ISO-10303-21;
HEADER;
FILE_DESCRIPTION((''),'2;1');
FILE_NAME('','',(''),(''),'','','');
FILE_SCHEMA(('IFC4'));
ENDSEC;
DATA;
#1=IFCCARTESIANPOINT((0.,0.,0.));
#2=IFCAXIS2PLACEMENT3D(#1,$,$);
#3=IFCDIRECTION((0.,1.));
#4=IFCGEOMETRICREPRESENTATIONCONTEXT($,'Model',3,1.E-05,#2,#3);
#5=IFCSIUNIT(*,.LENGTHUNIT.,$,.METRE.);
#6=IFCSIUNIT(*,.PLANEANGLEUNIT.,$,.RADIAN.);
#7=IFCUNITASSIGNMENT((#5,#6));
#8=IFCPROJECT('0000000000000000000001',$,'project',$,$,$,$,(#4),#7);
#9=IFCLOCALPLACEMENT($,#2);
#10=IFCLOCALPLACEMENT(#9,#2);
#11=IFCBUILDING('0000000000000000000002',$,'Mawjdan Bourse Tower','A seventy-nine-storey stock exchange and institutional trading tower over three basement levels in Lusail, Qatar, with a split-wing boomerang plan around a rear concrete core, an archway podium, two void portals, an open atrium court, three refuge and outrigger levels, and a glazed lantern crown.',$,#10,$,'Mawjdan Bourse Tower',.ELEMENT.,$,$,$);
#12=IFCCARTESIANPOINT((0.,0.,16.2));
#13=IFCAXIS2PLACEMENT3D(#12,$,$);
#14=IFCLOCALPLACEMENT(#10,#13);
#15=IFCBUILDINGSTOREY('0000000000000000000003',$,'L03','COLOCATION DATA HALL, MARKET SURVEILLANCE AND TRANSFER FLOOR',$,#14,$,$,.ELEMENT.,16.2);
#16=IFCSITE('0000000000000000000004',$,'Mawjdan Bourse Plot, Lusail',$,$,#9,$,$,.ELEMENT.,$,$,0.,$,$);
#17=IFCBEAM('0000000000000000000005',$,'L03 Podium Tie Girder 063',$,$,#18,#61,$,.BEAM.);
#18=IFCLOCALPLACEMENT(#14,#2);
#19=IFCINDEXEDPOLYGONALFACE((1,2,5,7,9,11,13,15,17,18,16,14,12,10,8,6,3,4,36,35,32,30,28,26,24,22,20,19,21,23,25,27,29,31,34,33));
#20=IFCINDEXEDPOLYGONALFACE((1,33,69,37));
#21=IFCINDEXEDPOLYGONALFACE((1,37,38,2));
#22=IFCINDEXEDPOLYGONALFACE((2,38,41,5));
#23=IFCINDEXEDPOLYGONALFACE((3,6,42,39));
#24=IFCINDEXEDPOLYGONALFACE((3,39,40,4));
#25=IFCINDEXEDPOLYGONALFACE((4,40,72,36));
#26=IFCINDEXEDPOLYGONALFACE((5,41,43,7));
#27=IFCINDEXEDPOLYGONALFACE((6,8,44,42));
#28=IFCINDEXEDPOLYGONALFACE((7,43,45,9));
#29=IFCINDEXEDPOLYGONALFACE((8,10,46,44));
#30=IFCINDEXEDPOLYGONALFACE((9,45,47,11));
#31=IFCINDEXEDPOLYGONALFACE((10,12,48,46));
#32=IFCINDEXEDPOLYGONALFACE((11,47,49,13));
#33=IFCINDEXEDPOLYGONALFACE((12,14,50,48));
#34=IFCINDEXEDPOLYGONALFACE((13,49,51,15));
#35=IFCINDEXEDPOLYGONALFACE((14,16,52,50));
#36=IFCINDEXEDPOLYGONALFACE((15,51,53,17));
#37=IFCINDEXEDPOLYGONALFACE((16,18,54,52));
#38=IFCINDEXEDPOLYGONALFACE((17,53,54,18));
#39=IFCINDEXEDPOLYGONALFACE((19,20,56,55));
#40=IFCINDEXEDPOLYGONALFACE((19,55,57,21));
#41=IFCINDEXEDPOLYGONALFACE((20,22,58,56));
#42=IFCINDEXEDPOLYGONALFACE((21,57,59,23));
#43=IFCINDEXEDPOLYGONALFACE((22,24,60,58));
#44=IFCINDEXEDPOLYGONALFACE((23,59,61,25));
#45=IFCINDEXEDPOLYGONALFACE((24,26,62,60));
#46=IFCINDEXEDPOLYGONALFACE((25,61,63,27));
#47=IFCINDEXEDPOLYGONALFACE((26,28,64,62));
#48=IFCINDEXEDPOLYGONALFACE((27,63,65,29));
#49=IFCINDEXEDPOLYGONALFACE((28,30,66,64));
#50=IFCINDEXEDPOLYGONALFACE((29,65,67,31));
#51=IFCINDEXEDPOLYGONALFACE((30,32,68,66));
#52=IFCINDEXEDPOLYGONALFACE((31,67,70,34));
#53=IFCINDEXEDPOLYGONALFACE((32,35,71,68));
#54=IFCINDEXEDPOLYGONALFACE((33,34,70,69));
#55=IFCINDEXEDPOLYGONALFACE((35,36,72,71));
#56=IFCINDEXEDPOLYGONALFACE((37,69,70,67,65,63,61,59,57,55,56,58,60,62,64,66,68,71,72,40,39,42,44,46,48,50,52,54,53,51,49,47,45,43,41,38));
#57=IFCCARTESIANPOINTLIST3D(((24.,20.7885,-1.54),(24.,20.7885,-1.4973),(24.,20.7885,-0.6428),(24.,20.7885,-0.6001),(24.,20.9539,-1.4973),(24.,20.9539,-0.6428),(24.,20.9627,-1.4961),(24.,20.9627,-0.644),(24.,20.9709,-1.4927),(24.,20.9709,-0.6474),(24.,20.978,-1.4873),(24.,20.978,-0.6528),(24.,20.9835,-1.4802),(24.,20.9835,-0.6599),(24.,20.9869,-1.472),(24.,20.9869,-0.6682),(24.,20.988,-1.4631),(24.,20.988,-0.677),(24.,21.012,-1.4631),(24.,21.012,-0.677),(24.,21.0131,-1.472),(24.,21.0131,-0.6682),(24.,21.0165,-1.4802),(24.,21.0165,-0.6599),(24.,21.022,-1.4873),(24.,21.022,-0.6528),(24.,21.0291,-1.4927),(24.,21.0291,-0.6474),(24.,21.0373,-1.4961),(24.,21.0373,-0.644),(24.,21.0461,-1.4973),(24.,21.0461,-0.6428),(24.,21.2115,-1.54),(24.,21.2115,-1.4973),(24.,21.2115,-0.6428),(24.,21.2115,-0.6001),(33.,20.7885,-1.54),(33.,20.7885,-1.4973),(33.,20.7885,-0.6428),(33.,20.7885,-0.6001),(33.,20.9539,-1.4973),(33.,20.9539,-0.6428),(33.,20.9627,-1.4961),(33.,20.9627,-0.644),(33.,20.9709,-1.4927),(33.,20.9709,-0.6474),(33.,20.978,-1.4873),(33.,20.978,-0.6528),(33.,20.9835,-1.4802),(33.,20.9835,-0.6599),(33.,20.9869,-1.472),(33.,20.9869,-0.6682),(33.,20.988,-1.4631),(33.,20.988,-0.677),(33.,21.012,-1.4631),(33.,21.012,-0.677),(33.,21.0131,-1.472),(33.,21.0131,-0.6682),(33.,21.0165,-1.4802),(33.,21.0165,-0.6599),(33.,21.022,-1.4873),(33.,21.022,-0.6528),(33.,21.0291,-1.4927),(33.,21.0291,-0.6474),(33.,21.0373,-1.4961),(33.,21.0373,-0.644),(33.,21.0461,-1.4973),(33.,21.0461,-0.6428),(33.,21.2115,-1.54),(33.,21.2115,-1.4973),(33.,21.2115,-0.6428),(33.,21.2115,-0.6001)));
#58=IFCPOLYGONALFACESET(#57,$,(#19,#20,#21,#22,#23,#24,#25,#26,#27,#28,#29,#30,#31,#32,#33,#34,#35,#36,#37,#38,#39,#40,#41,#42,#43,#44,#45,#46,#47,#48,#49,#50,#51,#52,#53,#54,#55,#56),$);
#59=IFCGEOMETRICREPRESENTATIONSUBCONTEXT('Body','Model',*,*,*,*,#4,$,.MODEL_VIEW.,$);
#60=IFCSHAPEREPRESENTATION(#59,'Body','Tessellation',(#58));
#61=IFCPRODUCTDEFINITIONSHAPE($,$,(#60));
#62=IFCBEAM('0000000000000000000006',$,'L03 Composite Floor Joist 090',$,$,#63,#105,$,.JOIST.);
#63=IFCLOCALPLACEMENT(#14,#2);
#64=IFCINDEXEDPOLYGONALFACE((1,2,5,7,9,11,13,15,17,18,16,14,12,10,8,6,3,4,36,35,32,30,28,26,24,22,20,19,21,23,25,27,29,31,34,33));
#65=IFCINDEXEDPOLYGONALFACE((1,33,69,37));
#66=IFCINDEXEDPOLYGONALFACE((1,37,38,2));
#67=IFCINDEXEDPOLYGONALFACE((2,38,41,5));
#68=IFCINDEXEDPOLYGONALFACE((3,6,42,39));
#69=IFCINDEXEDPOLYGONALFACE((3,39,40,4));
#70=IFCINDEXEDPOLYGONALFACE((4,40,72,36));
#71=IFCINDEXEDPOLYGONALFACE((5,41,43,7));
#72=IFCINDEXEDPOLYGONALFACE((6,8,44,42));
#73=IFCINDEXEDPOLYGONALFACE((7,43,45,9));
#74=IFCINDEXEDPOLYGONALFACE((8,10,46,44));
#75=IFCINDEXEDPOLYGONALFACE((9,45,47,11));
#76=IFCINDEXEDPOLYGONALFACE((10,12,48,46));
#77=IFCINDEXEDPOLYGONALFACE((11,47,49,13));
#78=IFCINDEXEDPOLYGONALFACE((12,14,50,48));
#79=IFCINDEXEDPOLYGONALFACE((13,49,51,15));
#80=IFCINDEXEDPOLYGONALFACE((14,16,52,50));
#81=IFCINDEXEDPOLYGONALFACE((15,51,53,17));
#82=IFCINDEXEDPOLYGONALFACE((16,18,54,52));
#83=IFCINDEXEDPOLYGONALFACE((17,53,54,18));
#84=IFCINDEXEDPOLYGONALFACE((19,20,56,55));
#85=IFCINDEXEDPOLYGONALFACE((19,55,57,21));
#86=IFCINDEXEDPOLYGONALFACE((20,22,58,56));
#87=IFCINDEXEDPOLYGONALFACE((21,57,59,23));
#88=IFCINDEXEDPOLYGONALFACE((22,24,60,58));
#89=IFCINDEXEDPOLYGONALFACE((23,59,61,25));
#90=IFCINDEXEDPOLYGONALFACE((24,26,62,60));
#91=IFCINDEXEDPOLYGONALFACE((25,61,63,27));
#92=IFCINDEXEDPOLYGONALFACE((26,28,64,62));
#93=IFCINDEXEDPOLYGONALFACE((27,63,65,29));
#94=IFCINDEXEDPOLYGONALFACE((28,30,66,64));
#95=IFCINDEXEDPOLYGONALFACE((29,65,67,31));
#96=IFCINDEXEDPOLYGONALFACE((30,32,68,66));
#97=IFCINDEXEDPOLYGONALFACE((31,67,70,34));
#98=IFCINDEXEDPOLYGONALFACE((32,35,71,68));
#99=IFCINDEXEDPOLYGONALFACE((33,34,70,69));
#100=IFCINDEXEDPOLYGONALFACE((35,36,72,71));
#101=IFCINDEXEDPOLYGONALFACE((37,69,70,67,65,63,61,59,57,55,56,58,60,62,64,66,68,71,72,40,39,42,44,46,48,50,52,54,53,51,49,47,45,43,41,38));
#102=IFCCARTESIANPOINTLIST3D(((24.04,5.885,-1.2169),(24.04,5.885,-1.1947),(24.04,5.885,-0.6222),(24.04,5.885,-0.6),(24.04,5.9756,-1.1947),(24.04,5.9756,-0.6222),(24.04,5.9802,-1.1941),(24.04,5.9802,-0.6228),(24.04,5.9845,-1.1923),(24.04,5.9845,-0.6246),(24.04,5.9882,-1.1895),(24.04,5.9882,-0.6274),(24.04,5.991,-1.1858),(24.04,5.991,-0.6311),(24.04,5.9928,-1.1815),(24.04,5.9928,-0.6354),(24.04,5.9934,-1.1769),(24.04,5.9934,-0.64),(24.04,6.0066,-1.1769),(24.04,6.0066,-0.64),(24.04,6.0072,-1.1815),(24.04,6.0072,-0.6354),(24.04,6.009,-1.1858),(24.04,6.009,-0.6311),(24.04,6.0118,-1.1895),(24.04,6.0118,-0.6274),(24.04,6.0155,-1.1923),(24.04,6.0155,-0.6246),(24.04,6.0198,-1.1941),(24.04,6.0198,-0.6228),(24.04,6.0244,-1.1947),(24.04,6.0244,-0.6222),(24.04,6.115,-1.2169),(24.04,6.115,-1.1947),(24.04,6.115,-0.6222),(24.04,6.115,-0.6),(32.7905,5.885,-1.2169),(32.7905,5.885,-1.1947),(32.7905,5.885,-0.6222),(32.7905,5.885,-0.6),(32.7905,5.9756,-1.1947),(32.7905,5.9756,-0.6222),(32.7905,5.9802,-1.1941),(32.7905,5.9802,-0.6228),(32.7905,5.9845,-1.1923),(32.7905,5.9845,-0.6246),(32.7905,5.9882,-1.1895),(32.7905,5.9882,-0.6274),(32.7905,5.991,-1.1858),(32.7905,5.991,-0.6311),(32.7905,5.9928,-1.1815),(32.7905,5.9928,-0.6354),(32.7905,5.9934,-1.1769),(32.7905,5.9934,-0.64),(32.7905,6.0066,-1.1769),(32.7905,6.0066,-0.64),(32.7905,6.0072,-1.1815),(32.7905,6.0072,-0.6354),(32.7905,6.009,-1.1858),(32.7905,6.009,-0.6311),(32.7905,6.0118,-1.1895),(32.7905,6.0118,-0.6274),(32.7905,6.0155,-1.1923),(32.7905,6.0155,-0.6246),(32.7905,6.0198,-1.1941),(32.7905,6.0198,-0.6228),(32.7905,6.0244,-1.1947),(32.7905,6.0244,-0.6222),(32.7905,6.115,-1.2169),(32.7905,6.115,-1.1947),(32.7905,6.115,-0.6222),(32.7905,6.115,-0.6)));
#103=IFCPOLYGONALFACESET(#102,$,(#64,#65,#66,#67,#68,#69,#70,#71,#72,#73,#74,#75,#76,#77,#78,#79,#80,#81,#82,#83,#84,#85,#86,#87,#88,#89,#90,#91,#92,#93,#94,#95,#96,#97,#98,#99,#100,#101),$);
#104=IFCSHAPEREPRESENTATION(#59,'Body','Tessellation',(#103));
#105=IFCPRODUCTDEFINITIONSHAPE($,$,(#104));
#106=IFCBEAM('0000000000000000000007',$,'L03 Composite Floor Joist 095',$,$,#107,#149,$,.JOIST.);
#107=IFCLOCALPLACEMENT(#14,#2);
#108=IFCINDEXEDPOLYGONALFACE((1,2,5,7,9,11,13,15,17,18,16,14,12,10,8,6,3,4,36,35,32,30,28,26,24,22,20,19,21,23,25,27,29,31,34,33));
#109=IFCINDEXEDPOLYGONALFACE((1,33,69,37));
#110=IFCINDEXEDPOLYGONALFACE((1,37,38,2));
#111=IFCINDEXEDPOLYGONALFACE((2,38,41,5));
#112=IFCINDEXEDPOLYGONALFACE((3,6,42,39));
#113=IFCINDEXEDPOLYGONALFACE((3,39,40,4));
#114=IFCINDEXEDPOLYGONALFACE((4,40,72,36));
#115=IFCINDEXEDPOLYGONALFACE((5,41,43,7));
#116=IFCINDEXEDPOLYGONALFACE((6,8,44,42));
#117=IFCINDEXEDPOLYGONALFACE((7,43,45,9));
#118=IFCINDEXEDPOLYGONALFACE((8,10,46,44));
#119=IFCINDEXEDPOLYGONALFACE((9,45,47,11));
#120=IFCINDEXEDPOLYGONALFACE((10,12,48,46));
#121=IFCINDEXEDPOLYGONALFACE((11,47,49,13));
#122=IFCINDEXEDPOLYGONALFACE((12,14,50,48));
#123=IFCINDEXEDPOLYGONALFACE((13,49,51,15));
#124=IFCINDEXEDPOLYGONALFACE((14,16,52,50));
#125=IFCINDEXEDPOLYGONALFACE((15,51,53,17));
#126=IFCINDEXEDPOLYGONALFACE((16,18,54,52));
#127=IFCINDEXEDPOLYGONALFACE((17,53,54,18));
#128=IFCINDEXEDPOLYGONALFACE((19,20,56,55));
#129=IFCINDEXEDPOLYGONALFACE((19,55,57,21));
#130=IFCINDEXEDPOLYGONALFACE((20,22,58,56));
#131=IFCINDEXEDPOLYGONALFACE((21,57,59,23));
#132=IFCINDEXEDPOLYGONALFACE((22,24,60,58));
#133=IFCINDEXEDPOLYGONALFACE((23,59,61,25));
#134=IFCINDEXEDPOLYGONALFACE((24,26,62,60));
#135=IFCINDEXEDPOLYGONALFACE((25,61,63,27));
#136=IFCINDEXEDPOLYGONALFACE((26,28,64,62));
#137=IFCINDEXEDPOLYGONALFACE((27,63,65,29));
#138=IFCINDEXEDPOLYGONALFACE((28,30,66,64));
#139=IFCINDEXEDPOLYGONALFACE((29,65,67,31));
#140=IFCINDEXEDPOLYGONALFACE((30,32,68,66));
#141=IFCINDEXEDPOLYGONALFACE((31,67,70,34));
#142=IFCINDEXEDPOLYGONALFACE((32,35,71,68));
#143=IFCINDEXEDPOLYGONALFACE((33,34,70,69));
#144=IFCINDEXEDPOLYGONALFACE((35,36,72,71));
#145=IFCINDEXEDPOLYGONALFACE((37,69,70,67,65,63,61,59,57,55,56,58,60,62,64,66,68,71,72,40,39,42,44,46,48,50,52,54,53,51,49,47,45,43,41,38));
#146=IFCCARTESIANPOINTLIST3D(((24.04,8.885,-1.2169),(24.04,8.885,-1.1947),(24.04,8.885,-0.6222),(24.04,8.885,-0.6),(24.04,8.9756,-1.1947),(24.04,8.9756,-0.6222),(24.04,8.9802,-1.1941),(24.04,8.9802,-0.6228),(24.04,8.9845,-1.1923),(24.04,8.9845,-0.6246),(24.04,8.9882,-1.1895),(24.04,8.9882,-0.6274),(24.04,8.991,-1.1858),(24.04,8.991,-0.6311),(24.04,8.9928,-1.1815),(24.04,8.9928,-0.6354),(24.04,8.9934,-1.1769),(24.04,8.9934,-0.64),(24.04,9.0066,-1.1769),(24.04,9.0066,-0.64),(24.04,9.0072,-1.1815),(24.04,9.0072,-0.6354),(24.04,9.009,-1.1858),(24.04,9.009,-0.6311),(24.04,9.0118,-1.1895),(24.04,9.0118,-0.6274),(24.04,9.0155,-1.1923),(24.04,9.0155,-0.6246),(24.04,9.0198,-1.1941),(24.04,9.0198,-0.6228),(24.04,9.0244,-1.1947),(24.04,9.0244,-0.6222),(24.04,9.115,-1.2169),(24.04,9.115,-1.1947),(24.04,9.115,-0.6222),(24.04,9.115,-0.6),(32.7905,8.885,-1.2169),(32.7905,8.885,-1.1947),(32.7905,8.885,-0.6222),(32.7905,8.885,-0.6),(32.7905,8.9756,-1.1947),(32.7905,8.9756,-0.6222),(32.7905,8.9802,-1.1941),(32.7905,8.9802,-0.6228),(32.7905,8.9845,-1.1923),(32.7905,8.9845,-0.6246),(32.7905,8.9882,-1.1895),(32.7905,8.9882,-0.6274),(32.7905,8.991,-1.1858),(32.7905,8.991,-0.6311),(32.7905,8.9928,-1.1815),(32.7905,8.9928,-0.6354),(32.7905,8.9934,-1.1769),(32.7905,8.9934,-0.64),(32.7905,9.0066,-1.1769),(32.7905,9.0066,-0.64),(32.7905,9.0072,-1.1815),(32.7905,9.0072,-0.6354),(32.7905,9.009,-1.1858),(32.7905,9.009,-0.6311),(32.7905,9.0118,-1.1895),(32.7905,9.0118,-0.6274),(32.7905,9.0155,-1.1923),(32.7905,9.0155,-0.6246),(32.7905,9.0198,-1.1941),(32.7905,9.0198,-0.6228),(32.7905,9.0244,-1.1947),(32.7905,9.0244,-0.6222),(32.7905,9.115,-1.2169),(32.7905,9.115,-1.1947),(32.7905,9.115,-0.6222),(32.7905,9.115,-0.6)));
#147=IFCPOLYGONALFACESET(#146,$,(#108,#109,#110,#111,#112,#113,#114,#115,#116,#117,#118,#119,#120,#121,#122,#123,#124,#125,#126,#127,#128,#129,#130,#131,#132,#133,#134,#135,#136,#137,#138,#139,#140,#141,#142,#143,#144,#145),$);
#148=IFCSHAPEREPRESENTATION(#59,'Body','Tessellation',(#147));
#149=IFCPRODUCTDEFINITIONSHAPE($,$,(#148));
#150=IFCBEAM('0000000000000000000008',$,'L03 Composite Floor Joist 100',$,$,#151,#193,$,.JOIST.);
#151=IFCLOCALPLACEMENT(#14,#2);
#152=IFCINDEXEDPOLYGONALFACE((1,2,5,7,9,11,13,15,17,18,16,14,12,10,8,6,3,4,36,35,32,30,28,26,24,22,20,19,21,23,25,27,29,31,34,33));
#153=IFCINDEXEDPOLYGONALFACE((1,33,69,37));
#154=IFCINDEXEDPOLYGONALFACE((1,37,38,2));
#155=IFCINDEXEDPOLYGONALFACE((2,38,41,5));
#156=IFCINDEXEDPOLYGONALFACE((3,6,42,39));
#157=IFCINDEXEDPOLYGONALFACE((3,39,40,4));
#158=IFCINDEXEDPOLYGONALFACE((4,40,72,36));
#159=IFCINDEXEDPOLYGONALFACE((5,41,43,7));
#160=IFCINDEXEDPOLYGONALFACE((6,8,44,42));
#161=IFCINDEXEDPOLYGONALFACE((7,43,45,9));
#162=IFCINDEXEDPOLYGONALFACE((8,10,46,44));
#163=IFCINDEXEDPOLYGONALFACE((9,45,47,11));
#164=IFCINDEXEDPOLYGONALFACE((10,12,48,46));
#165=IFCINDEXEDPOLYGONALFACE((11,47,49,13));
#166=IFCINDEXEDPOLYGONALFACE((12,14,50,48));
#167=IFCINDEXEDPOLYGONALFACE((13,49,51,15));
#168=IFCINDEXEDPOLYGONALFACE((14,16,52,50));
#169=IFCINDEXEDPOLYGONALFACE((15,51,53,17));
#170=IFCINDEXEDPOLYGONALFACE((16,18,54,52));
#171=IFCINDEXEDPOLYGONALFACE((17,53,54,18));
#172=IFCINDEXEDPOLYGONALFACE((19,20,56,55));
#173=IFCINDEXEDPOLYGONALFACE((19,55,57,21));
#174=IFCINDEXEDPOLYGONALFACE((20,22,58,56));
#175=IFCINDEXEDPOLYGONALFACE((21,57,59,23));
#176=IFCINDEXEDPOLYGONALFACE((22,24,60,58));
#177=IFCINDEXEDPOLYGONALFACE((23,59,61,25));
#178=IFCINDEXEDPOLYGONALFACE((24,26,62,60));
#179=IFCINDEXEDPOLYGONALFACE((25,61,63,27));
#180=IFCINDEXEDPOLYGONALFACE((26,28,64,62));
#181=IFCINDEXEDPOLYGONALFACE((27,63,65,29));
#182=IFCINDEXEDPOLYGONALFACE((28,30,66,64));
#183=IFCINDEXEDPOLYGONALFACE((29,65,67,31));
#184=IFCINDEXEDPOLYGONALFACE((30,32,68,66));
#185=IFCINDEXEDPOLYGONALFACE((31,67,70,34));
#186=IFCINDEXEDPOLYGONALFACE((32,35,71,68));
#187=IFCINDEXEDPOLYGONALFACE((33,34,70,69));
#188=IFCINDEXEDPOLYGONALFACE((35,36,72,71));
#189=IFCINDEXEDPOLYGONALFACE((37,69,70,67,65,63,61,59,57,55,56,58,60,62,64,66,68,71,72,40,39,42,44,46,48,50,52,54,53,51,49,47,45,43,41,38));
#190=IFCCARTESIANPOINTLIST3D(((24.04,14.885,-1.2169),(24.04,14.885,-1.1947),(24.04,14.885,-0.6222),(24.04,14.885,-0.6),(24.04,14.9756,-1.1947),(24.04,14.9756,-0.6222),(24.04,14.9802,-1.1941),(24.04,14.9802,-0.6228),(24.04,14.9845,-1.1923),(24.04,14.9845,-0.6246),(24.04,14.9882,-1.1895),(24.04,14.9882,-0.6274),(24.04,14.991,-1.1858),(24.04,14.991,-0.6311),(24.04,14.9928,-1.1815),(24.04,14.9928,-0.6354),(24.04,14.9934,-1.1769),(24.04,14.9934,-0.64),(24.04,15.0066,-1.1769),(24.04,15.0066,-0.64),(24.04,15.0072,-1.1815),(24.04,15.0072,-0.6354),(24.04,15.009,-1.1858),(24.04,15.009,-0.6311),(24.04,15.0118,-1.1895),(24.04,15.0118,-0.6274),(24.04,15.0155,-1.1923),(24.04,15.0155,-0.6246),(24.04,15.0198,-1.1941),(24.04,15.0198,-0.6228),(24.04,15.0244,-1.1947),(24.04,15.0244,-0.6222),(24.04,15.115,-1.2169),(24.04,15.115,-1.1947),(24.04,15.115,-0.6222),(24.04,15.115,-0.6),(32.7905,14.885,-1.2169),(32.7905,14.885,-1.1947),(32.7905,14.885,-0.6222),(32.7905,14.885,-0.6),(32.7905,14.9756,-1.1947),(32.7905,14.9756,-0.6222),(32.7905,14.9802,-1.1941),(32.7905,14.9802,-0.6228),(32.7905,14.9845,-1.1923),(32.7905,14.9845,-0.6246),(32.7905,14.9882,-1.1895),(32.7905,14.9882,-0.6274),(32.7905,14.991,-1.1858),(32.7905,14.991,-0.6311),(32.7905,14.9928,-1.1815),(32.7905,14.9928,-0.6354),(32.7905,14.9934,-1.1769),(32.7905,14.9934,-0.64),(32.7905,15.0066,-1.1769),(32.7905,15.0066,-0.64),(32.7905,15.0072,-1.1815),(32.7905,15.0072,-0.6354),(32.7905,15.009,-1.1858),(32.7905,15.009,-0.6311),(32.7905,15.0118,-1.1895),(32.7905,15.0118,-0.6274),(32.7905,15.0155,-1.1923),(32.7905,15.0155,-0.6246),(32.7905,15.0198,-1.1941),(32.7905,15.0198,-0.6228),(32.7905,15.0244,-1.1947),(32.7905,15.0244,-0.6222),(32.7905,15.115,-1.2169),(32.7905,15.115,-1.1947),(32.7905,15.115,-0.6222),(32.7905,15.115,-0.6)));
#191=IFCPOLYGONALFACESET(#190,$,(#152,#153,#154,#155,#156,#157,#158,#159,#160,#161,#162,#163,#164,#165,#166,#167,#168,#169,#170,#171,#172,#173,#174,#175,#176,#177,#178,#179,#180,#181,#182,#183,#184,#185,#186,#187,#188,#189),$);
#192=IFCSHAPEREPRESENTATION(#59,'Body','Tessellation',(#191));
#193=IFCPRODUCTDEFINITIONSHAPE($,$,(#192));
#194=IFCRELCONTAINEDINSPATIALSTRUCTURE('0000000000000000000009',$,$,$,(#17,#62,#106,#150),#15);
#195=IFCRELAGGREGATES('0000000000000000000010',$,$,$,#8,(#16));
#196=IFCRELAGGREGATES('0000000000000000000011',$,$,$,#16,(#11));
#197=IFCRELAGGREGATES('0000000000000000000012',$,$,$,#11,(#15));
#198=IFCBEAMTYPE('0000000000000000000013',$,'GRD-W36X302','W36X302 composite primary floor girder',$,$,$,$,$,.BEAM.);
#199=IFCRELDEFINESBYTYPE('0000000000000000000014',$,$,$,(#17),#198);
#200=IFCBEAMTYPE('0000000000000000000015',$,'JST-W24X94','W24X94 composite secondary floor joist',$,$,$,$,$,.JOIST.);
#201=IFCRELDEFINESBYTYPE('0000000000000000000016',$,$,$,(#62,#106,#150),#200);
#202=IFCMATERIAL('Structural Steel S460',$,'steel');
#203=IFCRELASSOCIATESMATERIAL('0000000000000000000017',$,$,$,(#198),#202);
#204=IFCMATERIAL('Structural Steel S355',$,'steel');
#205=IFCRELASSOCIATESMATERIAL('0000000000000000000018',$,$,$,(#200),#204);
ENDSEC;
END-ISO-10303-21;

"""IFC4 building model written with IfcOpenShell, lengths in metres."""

from ifc_helpers import new_model, si_unit, direction, frame, origin, origin_2d, place, context, subcontext, project, spatial, i_section, extrude, material, material_profile, profile_set, type_object, element, save


model = new_model("IFC4")

# Units and contexts
model_context = context("Model", 3, precision=1e-05, world=origin(), true_north=direction((0.0, 1.0)))
body_context = subcontext(model_context, "Body", "Model", "MODEL_VIEW")
ifc_project = project(units=[si_unit("LENGTHUNIT", "METRE"), si_unit("PLANEANGLEUNIT", "RADIAN")], contexts=[model_context])

# Site, building, storey
site_placement = place(None, origin())
site = spatial("IfcSite", under=ifc_project, at=site_placement, Name="Mawjdan Bourse Plot, Lusail", CompositionType="ELEMENT", RefElevation=0.0)
building_placement = place(site_placement, origin())
building = spatial("IfcBuilding", under=site, at=building_placement, Name="Mawjdan Bourse Tower", Description="A seventy-nine-storey stock exchange and institutional trading tower over three basement levels in Lusail, Qatar, with a split-wing boomerang plan around a rear concrete core, an archway podium, two void portals, an open atrium court, three refuge and outrigger levels, and a glazed lantern crown.", LongName="Mawjdan Bourse Tower", CompositionType="ELEMENT")
storey_placement = place(building_placement, frame((0.0, 0.0, 16.2)))
storey = spatial("IfcBuildingStorey", under=building, at=storey_placement, Name="L03", Description="COLOCATION DATA HALL, MARKET SURVEILLANCE AND TRANSFER FLOOR", CompositionType="ELEMENT", Elevation=16.2)

# Shared definitions
ifc_material_1 = material(Name="Structural Steel S460", Category="steel")

# Beams
ifc_material_profile_1 = material_profile(ifc_material_1, i_section(OverallWidth=0.4231, OverallDepth=0.9399, WebThickness=0.0239, FlangeThickness=0.0427, FilletRadius=0.0342, at=origin_2d()), Name="W36X302")
ifc_profile_set_1 = profile_set([ifc_material_profile_1], Name="Structural Steel S460")
beam_type_1 = type_object("IfcBeamType", Name="GRD-W36X302", Description="W36X302 composite primary floor girder", PredefinedType="BEAM", material=ifc_profile_set_1)
beam_1_placement = place(storey_placement, frame((24.0, 21.0, -1.0701), z_axis=(1.0, 0.0, 0.0), x_axis=(0.0, 1.0, 0.0)))
element("IfcBeam", 1, at=beam_1_placement, inside=storey, type_object=beam_type_1, Name="L03 Podium Tie Girder 063", PredefinedType="BEAM", context=body_context, shape_type="SweptSolid", body=[
    extrude(i_section(OverallWidth=0.4231, OverallDepth=0.9399, WebThickness=0.0239, FlangeThickness=0.0427, FilletRadius=0.0342, at=origin_2d()), origin(), (0.0, 0.0, 1.0), 9.0),
])
ifc_material_2 = material(Name="Structural Steel S355", Category="steel")
ifc_material_profile_2 = material_profile(ifc_material_2, i_section(OverallWidth=0.23, OverallDepth=0.6169, WebThickness=0.0132, FlangeThickness=0.0222, FilletRadius=0.0178, at=origin_2d()), Name="W24X94")
ifc_profile_set_2 = profile_set([ifc_material_profile_2], Name="Structural Steel S355")
beam_type_2 = type_object("IfcBeamType", Name="JST-W24X94", Description="W24X94 composite secondary floor joist", PredefinedType="JOIST", material=ifc_profile_set_2)
for number, where, z_axis, x_axis, name in (
    (2, (24.04, 6.0, -0.9084), (1.0, 0.0, 0.0), (0.0, 1.0, 0.0), "L03 Composite Floor Joist 090"),
    (3, (24.04, 9.0, -0.9084), (1.0, 0.0, 0.0), (0.0, 1.0, 0.0), "L03 Composite Floor Joist 095"),
    (4, (24.04, 15.0, -0.9084), (1.0, 0.0, 0.0), (0.0, 1.0, 0.0), "L03 Composite Floor Joist 100"),
):
    element("IfcBeam", number, at=place(storey_placement, frame(where, z_axis=z_axis, x_axis=x_axis)), inside=storey, type_object=beam_type_2, Name=name, PredefinedType="JOIST", context=body_context, shape_type="SweptSolid", body=[
        extrude(i_section(OverallWidth=0.23, OverallDepth=0.6169, WebThickness=0.0132, FlangeThickness=0.0222, FilletRadius=0.0178, at=origin_2d()), origin(), (0.0, 0.0, 1.0), 8.7505),
    ])

save(model, "model.ifc")
